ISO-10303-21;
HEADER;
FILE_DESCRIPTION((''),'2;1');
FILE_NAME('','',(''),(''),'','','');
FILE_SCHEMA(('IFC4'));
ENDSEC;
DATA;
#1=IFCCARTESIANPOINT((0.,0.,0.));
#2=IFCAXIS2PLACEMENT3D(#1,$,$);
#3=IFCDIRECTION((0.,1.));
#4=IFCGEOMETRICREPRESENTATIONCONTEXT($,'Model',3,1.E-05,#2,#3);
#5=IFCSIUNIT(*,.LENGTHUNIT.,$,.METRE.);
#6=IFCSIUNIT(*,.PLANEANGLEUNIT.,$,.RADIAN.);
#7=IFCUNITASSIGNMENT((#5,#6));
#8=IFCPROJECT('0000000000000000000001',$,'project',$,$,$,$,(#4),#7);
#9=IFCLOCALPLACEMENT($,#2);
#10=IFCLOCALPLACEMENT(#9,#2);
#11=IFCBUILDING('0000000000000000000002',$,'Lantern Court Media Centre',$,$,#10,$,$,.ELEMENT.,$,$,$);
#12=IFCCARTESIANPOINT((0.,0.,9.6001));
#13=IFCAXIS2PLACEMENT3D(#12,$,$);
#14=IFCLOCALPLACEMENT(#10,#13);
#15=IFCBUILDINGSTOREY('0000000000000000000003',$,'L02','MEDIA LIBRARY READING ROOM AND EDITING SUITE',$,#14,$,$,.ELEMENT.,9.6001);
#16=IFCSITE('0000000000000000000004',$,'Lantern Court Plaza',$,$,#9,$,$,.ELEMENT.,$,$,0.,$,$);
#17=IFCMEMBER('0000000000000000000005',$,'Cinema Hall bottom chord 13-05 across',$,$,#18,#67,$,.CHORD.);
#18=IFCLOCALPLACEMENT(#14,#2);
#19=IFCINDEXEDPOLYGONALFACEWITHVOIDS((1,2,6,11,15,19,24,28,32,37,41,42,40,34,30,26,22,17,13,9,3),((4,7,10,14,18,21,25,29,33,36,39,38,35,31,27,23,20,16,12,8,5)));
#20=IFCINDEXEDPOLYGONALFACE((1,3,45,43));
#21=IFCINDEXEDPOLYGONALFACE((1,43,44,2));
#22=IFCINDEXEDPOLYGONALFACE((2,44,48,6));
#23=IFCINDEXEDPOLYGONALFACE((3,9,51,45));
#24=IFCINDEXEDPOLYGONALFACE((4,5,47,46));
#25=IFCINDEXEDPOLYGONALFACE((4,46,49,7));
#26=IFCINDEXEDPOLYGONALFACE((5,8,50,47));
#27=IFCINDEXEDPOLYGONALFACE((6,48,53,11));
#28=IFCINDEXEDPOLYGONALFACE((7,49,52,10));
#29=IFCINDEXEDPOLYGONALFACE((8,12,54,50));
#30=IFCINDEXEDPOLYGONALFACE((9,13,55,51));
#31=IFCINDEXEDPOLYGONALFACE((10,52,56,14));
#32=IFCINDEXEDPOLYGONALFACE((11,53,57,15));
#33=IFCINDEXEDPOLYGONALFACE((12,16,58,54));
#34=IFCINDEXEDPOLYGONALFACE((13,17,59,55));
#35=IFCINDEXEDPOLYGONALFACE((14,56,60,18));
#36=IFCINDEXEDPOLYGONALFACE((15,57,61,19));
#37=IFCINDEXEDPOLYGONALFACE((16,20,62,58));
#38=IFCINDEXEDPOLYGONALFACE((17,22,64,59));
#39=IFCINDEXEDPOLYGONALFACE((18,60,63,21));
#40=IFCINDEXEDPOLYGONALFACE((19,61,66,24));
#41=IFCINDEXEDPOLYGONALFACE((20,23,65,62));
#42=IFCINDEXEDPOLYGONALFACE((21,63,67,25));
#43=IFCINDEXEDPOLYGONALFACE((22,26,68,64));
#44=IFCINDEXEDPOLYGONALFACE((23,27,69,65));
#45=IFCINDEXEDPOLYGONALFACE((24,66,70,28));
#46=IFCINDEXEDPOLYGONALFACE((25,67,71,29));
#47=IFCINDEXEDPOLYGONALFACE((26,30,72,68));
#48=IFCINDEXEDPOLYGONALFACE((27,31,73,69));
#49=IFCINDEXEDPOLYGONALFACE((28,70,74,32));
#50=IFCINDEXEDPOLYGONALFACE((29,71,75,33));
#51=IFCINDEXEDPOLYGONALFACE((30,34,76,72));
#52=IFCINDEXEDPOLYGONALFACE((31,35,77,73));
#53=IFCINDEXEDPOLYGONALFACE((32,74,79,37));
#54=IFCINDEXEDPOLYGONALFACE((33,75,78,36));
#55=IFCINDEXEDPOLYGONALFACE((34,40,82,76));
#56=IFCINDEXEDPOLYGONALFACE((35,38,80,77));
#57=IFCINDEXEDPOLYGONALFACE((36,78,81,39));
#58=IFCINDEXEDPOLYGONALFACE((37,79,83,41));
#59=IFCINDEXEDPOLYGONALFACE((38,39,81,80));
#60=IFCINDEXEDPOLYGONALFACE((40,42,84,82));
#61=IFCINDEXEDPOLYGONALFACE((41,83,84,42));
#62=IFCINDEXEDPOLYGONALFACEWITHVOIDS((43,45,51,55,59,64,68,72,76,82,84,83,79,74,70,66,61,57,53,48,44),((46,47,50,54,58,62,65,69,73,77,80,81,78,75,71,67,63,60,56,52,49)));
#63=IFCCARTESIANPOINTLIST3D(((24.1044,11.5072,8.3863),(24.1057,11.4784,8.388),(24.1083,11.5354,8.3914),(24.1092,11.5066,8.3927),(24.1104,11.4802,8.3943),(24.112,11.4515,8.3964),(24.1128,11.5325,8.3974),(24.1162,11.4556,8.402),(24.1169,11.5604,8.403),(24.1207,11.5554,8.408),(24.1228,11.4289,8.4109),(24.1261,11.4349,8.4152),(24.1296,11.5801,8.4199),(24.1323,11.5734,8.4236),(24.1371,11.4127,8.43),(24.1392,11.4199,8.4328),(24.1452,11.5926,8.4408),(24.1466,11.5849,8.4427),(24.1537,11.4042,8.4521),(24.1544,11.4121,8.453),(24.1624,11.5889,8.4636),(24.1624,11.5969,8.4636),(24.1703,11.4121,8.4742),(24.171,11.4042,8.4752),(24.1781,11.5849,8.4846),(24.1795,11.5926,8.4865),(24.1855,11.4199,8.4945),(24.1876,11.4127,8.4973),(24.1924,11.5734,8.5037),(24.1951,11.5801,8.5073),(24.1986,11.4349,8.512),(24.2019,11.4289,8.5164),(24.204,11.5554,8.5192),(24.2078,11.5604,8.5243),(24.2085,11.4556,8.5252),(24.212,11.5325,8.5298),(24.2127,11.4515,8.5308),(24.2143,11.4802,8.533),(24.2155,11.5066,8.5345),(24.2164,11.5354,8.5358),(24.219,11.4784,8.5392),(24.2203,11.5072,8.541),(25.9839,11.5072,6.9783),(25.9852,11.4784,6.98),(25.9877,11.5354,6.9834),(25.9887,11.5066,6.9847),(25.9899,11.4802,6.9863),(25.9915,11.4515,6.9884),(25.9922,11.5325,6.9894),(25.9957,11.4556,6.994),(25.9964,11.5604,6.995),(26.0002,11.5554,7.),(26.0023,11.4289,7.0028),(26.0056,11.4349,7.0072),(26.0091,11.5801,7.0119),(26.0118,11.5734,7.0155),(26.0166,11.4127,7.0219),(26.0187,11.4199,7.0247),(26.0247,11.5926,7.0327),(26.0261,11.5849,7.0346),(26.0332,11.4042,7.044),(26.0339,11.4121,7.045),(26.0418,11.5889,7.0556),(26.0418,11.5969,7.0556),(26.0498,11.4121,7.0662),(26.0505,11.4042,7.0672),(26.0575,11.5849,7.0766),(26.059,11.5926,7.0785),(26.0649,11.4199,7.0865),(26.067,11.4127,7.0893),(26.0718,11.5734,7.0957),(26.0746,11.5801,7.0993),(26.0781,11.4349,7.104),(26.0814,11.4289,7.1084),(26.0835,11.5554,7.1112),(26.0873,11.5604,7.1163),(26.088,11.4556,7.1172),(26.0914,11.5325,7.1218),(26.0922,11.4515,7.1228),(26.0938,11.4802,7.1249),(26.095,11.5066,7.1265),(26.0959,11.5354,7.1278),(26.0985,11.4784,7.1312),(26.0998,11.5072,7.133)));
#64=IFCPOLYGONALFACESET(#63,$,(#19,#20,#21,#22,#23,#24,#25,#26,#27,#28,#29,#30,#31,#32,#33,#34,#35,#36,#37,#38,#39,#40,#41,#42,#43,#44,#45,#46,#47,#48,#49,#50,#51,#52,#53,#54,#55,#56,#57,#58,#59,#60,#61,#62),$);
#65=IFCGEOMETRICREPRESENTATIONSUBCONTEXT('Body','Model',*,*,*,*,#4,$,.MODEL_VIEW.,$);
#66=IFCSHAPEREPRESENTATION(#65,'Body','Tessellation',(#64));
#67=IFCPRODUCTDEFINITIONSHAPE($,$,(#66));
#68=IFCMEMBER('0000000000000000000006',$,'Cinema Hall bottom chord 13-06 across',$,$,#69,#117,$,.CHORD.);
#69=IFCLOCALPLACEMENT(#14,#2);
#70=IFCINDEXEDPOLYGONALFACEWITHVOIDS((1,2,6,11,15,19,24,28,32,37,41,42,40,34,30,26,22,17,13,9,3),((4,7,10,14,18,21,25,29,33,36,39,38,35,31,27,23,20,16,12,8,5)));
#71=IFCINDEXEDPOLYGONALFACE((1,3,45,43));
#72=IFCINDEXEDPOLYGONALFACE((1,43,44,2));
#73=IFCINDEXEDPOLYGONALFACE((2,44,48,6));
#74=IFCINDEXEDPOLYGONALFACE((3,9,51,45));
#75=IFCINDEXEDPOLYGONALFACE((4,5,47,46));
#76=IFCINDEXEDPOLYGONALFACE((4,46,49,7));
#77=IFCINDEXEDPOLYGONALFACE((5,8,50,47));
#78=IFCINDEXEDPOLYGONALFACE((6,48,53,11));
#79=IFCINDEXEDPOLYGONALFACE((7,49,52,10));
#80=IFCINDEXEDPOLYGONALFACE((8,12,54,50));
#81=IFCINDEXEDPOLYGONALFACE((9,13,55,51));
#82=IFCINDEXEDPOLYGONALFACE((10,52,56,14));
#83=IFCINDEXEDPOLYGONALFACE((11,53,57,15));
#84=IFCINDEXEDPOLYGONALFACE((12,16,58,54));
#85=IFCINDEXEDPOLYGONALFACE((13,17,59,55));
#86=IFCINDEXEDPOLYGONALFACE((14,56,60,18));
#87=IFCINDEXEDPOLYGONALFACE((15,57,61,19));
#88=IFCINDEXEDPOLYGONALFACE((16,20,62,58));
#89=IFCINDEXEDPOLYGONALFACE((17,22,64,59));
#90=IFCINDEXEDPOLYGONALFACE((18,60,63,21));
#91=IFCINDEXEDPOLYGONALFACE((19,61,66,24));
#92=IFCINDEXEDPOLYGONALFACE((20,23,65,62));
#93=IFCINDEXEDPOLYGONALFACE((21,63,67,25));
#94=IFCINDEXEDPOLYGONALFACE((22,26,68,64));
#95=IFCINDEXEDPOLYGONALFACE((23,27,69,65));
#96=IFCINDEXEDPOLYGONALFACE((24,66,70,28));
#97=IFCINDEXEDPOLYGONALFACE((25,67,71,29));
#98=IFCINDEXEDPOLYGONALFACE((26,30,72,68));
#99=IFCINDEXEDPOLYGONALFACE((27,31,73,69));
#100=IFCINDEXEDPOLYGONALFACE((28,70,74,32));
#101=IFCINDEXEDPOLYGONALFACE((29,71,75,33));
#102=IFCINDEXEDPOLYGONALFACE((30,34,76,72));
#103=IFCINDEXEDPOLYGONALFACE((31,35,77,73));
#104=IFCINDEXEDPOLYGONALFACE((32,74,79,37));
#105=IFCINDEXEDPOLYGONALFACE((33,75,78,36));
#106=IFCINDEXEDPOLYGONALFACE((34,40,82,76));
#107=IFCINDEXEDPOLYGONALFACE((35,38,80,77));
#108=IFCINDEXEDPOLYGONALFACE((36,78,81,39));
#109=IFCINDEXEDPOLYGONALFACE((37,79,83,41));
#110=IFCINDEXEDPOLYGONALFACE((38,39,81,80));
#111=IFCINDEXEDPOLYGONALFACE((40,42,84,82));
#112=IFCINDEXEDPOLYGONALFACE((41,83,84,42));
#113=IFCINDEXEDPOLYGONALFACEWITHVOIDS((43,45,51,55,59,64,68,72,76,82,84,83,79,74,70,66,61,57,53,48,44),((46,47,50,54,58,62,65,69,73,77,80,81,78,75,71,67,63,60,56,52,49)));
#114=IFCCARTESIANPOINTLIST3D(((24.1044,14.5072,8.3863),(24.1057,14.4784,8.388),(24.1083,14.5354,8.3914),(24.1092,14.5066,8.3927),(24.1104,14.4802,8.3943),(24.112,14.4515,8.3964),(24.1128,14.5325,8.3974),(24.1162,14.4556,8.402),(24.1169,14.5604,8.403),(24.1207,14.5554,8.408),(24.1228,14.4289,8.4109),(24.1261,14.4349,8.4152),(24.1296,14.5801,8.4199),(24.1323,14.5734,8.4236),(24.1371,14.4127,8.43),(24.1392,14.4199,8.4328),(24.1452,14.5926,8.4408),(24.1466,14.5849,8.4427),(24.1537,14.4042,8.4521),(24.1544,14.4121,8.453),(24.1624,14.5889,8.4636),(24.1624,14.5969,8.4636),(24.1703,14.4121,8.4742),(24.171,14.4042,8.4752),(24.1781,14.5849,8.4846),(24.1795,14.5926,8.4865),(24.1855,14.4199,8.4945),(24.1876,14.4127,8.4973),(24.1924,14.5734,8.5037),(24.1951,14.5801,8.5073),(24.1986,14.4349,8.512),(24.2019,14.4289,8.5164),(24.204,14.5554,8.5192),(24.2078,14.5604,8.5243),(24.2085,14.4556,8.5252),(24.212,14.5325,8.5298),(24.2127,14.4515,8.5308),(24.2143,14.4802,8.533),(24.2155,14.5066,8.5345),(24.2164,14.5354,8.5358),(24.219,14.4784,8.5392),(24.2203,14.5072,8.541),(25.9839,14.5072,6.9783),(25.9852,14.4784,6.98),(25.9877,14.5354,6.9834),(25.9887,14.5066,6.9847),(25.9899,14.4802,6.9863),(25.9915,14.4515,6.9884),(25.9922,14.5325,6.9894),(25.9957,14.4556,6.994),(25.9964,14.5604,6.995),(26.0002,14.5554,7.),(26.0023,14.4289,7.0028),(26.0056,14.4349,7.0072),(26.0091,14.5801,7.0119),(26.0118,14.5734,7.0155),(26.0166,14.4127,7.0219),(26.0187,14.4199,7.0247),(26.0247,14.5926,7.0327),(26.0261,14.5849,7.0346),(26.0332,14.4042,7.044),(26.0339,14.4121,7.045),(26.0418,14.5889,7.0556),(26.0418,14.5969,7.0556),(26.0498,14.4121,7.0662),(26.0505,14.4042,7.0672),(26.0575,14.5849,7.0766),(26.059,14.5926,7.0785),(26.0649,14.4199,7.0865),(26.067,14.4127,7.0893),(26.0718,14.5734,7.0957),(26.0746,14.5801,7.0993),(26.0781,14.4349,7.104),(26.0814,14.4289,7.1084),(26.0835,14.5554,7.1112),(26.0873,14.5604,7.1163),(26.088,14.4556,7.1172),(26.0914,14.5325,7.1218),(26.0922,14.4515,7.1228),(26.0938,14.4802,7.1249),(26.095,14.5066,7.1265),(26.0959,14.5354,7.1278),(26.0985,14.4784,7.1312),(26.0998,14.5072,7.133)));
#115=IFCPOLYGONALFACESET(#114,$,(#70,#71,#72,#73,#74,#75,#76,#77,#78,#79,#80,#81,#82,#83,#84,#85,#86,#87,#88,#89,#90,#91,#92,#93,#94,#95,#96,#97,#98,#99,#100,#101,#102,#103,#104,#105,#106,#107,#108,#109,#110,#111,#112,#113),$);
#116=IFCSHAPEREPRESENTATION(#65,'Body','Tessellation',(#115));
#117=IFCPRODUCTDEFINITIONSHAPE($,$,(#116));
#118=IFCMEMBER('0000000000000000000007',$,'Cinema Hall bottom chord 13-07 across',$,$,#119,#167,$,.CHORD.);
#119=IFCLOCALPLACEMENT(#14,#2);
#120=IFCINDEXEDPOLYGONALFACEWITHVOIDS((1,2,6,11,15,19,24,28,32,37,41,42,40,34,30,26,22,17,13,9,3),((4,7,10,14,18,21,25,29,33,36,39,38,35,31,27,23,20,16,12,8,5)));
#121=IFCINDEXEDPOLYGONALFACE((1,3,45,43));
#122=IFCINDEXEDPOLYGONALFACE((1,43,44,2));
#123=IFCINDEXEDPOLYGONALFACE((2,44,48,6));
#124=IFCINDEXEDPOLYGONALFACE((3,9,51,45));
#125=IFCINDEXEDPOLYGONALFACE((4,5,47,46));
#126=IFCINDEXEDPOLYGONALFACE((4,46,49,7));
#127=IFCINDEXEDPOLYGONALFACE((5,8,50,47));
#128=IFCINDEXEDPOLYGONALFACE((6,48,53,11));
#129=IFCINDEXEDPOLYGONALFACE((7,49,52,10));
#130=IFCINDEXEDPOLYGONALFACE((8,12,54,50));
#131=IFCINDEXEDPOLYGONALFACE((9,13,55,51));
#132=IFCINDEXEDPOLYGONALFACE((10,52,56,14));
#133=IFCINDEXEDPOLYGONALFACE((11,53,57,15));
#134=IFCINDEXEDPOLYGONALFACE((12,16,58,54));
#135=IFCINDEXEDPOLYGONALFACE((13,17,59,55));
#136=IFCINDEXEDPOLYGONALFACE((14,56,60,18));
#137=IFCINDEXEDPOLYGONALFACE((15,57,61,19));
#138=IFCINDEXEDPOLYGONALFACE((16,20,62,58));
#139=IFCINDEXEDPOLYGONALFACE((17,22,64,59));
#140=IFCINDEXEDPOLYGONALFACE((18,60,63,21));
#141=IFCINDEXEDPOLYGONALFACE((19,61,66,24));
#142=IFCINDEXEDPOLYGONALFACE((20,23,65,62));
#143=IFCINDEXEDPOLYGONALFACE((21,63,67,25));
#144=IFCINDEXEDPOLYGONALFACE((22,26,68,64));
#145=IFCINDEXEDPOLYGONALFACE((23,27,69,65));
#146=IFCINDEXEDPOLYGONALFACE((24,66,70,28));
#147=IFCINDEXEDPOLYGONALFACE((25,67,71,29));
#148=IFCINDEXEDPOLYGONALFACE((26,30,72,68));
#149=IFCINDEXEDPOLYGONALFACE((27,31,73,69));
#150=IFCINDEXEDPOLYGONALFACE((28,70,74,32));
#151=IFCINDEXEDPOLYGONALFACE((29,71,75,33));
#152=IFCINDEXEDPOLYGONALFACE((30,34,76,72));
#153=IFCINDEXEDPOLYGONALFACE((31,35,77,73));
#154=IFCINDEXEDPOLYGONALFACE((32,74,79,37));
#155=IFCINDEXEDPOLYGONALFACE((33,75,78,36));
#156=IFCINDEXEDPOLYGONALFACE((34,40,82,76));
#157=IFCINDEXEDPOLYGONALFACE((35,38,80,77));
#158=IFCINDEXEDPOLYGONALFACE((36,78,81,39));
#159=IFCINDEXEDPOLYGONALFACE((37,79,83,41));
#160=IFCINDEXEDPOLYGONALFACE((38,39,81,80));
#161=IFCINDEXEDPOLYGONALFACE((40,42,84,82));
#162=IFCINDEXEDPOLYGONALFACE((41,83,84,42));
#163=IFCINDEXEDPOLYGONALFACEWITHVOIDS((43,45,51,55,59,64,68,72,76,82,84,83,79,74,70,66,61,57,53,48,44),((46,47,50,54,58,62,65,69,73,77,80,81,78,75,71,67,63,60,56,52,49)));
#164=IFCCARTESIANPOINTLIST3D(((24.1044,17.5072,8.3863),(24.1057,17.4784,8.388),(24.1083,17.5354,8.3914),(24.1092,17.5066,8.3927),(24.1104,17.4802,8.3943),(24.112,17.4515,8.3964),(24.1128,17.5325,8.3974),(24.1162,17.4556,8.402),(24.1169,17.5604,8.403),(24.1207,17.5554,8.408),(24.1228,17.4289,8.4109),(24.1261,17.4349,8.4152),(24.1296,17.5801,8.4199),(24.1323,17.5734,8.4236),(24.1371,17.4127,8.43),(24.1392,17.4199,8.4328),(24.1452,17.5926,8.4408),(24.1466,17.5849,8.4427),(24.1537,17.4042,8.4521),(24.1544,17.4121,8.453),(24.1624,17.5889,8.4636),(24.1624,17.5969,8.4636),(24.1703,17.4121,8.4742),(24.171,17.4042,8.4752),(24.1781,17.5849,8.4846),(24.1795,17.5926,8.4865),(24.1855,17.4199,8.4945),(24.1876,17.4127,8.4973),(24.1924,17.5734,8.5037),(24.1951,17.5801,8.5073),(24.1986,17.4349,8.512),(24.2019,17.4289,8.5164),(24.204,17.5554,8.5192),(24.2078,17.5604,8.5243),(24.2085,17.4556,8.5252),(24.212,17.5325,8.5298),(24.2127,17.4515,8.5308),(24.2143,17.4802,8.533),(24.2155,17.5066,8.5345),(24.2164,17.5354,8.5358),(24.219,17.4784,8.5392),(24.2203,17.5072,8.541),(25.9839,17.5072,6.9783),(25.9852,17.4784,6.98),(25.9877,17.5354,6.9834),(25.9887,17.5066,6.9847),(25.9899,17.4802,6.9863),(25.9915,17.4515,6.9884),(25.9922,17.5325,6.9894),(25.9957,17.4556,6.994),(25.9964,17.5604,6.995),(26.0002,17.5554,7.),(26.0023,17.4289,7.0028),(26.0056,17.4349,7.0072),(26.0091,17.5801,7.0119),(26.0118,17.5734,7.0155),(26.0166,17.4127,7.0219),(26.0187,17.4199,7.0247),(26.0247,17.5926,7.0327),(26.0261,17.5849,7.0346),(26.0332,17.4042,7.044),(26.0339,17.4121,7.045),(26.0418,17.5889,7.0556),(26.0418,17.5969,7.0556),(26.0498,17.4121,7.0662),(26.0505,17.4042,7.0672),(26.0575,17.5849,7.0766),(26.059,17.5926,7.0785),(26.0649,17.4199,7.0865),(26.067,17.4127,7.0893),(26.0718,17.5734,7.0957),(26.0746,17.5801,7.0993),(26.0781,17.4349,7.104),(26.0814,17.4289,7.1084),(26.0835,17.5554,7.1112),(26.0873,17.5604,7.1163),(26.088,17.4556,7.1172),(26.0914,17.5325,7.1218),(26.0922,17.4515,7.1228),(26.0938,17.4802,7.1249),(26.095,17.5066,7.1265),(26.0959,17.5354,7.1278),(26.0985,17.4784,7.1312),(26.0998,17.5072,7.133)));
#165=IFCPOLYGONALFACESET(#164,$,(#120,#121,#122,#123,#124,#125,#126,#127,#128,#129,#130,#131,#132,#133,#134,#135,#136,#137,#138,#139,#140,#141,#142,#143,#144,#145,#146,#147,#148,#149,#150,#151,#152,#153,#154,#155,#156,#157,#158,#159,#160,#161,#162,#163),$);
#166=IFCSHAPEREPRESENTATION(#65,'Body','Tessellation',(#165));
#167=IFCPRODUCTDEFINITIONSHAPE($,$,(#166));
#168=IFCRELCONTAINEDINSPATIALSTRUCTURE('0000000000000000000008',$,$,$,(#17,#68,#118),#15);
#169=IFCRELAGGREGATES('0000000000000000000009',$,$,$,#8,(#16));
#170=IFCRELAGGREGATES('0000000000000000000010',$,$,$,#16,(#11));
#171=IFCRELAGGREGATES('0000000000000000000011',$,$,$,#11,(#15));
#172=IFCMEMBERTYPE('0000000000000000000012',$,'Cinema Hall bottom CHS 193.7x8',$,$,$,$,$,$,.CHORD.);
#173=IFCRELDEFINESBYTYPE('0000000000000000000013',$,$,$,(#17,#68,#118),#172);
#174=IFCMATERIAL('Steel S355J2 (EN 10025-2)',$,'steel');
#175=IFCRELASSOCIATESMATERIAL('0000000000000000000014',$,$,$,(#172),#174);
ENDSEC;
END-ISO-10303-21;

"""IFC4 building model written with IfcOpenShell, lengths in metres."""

from ifc_helpers import new_model, si_unit, direction, frame, origin, origin_2d, place, context, subcontext, project, spatial, hollow_circle, extrude, material, material_profile, profile_set, type_object, element, save


model = new_model("IFC4")

# Units and contexts
model_context = context("Model", 3, precision=1e-05, world=origin(), true_north=direction((0.0, 1.0)))
body_context = subcontext(model_context, "Body", "Model", "MODEL_VIEW")
ifc_project = project(units=[si_unit("LENGTHUNIT", "METRE"), si_unit("PLANEANGLEUNIT", "RADIAN")], contexts=[model_context])

# Site, building, storey
site_placement = place(None, origin())
site = spatial("IfcSite", under=ifc_project, at=site_placement, Name="Lantern Court Plaza", CompositionType="ELEMENT", RefElevation=0.0)
building_placement = place(site_placement, origin())
building = spatial("IfcBuilding", under=site, at=building_placement, Name="Lantern Court Media Centre", CompositionType="ELEMENT")
storey_placement = place(building_placement, frame((0.0, 0.0, 9.6001)))
storey = spatial("IfcBuildingStorey", under=building, at=storey_placement, Name="L02", Description="MEDIA LIBRARY READING ROOM AND EDITING SUITE", CompositionType="ELEMENT", Elevation=9.6001)

# Members
ifc_material_1 = material(Name="Steel S355J2 (EN 10025-2)", Category="steel")
ifc_material_profile_1 = material_profile(ifc_material_1, hollow_circle(Radius=0.0969, WallThickness=0.0081, at=origin_2d()), Name="Cinema Hall bottom CHS 193.7x8")
ifc_profile_set_1 = profile_set([ifc_material_profile_1], Name="Steel S355J2 (EN 10025-2)")
member_type_1 = type_object("IfcMemberType", Name="Cinema Hall bottom CHS 193.7x8", PredefinedType="CHORD", material=ifc_profile_set_1)
for number, where, z_axis, x_axis, name in (
    (1, (24.1624, 11.5, 8.4636), (0.800324, 0.0, -0.599567), (0.0, 1.0, 0.0), "Cinema Hall bottom chord 13-05 across"),
    (2, (24.1624, 14.5, 8.4636), (0.800324, 0.0, -0.599567), (0.0, 1.0, 0.0), "Cinema Hall bottom chord 13-06 across"),
    (3, (24.1624, 17.5, 8.4636), (0.800324, 0.0, -0.599567), (0.0, 1.0, 0.0), "Cinema Hall bottom chord 13-07 across"),
):
    element("IfcMember", number, at=place(storey_placement, frame(where, z_axis=z_axis, x_axis=x_axis)), inside=storey, type_object=member_type_1, Name=name, PredefinedType="CHORD", context=body_context, shape_type="SweptSolid", body=[
        extrude(hollow_circle(Radius=0.0969, WallThickness=0.0081, at=origin_2d()), origin(), (0.0, 0.0, 1.0), 2.3484),
    ])

save(model, "model.ifc")
